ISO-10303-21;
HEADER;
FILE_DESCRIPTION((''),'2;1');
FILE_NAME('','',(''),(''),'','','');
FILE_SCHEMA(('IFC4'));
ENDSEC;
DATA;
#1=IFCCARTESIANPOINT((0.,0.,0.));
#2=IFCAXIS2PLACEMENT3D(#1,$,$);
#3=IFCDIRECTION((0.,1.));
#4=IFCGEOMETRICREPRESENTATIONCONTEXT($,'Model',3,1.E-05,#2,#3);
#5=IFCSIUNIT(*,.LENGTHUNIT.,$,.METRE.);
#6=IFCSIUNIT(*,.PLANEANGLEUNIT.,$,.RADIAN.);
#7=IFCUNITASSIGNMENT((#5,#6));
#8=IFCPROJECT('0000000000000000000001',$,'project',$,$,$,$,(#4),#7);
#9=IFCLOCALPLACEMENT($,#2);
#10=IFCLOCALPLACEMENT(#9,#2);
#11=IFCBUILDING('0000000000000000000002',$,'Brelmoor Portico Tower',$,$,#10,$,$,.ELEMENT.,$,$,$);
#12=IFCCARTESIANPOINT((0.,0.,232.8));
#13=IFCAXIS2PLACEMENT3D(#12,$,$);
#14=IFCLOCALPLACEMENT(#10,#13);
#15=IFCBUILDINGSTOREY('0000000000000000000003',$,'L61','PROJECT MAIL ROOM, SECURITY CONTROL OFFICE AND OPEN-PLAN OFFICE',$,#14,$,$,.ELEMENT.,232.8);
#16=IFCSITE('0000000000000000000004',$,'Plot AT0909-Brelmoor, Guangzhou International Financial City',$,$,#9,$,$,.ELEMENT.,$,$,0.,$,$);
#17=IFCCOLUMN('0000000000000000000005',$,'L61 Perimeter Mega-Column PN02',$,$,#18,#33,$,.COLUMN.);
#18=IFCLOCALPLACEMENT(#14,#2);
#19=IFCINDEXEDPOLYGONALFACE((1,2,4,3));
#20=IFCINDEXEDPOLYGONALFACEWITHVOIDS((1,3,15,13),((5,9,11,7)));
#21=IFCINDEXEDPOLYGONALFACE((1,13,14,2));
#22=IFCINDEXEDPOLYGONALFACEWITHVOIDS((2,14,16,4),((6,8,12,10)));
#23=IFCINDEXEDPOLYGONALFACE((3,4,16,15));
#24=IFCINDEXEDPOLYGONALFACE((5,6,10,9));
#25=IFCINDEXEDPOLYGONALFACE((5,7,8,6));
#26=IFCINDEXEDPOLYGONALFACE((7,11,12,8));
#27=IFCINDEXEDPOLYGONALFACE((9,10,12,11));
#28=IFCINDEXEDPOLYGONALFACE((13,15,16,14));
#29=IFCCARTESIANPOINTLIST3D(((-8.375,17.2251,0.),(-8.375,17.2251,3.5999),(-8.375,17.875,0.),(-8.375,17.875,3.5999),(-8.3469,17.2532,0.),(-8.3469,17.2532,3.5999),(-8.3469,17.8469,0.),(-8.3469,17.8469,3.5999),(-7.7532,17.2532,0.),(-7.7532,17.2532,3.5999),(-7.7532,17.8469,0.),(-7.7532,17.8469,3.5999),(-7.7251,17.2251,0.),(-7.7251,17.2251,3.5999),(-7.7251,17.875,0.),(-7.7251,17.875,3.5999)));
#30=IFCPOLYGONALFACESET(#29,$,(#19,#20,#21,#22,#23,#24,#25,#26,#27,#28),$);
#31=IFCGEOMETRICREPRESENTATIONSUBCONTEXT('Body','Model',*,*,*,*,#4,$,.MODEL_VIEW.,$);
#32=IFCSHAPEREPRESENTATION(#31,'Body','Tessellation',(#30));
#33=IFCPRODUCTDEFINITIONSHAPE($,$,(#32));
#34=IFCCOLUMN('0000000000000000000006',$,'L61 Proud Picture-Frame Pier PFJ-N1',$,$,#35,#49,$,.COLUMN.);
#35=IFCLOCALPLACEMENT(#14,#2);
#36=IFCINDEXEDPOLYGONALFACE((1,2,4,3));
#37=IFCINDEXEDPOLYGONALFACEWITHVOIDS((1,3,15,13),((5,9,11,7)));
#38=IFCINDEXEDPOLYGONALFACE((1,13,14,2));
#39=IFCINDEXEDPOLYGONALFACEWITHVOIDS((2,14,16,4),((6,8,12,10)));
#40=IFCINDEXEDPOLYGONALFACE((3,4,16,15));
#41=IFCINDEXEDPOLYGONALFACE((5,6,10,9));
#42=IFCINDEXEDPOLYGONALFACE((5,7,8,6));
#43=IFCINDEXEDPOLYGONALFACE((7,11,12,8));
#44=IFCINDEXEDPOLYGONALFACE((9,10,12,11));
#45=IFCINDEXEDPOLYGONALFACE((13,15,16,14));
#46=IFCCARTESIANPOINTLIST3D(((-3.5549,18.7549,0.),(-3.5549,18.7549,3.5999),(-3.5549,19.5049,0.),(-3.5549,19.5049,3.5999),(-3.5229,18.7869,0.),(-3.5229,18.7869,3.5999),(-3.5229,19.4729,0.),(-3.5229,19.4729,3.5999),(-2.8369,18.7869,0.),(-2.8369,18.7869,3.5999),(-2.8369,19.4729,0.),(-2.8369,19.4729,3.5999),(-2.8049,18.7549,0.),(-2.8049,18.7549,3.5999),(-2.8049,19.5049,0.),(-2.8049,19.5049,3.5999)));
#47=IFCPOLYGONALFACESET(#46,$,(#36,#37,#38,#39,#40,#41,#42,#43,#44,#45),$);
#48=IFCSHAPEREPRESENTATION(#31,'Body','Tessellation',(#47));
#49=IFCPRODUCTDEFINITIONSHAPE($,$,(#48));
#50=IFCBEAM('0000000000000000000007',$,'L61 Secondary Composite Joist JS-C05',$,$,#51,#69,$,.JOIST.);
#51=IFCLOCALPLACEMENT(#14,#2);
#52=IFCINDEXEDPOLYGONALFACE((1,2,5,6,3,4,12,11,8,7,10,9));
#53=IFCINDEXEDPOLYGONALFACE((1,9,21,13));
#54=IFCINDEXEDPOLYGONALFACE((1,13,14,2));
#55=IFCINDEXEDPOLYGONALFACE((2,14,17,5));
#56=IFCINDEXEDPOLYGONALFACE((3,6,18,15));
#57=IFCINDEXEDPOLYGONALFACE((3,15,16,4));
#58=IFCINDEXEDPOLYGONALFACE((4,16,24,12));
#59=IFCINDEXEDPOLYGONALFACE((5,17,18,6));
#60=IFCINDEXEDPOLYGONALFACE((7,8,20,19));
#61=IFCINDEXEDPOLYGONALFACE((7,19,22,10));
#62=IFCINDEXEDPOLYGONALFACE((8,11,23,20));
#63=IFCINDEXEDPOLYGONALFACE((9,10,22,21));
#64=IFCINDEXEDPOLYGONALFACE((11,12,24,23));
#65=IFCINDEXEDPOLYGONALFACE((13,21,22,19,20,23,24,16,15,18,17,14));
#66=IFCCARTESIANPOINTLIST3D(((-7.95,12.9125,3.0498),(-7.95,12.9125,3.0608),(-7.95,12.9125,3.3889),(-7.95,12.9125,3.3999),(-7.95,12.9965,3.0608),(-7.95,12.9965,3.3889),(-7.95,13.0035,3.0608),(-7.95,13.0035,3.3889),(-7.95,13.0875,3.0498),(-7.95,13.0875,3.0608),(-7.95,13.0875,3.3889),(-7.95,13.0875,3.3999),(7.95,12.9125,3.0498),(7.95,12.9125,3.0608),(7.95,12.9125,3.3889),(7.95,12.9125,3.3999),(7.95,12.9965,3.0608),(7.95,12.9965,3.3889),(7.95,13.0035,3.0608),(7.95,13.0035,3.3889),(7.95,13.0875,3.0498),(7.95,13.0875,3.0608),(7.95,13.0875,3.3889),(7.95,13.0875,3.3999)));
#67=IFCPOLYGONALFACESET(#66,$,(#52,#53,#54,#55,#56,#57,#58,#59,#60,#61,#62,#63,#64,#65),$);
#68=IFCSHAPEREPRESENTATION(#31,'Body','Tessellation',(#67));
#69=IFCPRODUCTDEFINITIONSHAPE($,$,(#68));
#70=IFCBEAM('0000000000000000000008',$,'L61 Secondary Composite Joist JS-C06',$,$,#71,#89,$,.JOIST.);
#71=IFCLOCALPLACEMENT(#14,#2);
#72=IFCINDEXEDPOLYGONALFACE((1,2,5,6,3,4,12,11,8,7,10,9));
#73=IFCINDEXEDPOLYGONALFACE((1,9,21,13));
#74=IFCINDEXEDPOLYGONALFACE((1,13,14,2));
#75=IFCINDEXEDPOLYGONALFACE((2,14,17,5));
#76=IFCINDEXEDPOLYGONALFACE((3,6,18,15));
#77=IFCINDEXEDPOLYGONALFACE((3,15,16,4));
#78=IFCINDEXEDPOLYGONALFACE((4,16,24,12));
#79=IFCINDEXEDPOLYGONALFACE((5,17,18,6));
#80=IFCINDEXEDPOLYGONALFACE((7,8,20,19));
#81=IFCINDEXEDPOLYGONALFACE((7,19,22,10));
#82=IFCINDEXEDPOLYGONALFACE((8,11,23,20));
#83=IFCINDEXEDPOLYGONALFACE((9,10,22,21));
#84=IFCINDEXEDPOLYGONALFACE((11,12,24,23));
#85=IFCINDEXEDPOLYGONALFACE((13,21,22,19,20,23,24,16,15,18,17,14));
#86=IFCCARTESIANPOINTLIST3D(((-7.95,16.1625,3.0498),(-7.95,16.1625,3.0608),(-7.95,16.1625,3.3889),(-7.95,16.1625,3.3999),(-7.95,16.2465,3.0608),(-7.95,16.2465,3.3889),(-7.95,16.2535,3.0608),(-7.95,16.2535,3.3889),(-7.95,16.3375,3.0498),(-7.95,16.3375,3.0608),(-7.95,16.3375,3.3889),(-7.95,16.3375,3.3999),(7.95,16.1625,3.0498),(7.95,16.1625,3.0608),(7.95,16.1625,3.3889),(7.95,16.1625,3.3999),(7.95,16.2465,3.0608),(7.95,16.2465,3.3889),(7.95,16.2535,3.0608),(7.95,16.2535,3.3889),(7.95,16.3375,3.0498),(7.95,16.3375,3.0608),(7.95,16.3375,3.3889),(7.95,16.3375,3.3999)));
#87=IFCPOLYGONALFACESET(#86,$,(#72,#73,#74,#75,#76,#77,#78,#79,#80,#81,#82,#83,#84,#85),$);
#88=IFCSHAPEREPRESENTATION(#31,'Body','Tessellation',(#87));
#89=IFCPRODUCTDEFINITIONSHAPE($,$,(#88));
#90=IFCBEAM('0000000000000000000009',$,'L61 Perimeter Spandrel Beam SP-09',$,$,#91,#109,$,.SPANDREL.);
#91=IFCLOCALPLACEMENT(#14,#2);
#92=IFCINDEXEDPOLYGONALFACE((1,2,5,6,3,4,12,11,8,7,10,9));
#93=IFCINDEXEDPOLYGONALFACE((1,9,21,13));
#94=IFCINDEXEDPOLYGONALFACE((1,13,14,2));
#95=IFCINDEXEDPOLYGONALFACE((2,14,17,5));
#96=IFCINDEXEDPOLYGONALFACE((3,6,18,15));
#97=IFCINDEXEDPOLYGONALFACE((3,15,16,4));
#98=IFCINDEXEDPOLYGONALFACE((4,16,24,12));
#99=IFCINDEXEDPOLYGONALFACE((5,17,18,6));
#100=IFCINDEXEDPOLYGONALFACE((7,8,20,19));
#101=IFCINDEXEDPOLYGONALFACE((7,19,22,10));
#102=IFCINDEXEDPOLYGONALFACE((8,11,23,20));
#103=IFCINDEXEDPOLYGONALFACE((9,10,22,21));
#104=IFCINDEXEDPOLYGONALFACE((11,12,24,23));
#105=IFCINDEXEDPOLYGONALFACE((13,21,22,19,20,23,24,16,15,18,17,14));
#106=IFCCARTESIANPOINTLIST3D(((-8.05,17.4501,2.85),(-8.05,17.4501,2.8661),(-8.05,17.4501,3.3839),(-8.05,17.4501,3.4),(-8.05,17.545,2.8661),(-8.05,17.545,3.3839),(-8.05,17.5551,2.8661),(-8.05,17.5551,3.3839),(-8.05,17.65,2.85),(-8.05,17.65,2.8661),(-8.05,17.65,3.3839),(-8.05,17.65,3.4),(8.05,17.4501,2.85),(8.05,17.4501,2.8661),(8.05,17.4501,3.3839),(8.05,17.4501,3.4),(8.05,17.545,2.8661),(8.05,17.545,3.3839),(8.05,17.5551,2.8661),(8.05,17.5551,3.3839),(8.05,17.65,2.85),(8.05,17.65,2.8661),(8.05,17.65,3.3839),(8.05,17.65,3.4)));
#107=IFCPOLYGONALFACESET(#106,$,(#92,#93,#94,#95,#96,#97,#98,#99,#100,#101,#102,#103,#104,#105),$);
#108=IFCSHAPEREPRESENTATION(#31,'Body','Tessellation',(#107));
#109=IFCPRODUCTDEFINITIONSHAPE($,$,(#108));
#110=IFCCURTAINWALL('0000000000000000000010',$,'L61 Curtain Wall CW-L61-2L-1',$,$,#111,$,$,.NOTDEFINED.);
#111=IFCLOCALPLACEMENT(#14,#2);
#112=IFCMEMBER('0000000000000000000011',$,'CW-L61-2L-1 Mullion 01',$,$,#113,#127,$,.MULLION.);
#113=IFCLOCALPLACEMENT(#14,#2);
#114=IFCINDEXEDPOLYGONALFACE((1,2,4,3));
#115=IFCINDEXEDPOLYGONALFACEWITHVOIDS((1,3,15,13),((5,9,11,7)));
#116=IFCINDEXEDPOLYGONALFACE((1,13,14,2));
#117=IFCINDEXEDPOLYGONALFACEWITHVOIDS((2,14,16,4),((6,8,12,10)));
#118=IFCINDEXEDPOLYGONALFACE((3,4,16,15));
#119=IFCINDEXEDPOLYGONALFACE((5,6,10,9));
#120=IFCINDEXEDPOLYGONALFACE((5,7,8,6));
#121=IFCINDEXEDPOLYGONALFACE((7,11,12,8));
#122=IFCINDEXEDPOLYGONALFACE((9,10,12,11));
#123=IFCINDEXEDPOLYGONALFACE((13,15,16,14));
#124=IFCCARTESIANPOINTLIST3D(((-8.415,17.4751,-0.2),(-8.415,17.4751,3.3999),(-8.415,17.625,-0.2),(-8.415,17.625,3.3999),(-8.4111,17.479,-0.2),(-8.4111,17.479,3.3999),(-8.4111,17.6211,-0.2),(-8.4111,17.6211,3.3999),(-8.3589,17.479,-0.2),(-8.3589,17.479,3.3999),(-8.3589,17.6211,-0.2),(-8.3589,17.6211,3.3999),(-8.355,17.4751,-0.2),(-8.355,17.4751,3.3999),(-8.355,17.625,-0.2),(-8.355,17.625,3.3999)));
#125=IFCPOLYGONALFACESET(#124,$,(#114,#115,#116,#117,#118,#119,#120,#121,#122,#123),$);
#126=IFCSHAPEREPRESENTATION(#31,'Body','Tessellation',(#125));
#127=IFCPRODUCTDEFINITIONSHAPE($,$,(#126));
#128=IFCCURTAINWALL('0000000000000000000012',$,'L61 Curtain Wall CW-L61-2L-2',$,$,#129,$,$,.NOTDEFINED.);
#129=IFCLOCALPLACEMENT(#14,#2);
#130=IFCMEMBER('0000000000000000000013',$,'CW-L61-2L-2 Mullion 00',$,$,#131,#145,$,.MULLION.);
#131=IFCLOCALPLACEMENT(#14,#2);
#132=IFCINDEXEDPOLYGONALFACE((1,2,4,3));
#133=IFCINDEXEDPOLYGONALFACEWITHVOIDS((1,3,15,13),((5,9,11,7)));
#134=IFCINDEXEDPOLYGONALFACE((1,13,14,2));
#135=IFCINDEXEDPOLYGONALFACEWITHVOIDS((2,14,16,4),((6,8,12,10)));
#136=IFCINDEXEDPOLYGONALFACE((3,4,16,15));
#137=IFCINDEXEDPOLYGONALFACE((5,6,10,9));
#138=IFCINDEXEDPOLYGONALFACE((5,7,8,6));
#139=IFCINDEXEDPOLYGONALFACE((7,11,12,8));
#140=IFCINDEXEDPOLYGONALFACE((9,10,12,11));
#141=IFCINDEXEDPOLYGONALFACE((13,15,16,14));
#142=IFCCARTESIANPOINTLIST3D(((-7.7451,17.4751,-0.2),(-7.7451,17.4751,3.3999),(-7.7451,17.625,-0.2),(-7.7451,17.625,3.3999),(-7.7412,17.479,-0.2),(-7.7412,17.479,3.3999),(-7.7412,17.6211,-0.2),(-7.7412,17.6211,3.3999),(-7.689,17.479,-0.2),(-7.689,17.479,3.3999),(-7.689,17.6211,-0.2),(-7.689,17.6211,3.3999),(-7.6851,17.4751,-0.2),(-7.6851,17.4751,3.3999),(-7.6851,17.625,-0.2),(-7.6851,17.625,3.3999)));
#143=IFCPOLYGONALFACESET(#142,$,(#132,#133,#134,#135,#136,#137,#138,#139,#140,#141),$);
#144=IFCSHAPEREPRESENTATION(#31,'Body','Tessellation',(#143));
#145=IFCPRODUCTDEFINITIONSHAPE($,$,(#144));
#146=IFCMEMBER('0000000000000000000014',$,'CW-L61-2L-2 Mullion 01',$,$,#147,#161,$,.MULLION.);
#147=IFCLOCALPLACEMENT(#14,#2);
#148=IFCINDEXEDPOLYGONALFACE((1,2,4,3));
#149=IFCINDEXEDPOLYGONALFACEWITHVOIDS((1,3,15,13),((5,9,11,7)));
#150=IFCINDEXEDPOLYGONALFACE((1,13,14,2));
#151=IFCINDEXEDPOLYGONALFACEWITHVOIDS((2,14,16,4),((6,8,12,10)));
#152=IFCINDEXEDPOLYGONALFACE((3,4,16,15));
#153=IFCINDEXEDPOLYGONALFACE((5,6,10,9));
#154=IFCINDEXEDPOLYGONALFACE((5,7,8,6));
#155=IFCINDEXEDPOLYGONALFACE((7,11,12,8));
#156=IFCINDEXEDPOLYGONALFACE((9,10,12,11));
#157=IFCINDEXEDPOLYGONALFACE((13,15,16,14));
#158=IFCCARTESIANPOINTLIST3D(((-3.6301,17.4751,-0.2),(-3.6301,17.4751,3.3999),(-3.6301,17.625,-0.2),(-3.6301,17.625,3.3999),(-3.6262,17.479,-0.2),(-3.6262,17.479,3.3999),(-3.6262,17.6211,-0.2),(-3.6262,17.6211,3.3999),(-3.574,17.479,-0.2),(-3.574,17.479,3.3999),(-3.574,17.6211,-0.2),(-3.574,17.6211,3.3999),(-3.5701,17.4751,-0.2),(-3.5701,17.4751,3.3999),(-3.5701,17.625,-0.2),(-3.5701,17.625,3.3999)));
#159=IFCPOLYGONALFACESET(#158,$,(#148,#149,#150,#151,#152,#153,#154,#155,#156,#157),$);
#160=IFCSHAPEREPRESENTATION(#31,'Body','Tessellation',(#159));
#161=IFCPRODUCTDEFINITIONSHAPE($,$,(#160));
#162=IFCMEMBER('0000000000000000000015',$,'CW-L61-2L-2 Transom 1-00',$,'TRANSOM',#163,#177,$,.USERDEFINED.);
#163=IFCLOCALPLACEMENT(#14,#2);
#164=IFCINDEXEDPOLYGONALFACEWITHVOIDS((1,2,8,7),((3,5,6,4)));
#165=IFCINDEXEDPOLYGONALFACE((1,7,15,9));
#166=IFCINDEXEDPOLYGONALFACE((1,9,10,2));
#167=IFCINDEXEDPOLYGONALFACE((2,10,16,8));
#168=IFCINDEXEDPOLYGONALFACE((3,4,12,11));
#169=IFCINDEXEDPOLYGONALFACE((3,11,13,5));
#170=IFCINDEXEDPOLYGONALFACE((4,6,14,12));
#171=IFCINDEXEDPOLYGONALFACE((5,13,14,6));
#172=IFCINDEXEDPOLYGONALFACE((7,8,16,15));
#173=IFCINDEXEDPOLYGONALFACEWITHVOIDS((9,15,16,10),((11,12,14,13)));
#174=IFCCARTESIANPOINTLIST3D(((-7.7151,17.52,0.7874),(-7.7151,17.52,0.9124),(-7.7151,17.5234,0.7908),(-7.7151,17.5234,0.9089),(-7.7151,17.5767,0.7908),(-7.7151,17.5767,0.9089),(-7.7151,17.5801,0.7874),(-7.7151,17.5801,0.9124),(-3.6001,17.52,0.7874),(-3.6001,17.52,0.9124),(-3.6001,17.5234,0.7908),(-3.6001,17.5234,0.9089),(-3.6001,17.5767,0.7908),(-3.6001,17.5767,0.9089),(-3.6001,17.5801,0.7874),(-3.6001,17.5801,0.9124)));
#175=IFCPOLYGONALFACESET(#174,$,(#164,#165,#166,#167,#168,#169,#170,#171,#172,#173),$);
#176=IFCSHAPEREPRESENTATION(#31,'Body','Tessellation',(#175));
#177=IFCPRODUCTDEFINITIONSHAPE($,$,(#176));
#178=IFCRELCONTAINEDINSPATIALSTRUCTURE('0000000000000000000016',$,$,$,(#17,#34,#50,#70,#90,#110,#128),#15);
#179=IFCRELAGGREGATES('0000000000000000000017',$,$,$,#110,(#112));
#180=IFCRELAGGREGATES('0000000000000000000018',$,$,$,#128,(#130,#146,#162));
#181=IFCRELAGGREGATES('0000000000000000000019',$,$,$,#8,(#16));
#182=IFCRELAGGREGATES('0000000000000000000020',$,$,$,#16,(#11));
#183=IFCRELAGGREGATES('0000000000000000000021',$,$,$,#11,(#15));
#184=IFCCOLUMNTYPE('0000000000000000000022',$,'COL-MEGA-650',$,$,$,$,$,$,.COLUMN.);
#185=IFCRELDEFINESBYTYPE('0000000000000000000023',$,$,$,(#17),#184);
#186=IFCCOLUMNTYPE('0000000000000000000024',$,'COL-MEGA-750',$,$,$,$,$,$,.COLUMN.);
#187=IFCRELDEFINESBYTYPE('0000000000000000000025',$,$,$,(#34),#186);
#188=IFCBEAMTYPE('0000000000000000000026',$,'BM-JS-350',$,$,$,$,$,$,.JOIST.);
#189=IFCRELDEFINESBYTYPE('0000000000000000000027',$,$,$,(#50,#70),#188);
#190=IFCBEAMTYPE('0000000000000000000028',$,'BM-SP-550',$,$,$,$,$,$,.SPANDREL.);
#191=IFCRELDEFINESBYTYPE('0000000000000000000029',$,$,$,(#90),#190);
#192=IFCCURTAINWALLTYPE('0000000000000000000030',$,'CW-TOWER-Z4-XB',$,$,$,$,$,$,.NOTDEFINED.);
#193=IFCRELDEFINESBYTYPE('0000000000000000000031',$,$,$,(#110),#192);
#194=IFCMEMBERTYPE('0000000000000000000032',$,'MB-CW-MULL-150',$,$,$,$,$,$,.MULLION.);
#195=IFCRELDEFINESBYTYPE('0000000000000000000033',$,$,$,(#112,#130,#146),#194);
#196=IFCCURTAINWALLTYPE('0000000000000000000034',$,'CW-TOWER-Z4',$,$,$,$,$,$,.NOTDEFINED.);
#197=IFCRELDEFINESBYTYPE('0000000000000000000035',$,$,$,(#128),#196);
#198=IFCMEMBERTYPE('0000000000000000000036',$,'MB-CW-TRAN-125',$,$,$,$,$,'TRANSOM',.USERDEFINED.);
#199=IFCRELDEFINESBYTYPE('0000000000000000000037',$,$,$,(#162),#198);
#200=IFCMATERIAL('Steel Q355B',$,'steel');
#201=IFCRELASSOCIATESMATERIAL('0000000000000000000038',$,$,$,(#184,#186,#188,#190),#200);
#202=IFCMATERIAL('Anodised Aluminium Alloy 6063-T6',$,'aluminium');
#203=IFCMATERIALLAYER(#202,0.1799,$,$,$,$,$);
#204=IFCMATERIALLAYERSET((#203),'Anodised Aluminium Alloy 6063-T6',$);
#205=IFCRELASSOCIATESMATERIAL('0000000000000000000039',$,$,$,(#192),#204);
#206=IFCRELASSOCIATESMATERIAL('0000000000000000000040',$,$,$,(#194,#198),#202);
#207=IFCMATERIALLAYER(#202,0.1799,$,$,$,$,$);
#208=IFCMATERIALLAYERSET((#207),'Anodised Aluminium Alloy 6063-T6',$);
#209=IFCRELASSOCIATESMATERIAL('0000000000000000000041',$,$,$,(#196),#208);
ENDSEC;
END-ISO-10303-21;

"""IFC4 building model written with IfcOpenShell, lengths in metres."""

from ifc_helpers import new_model, si_unit, direction, frame, origin, origin_2d, place, context, subcontext, project, spatial, hollow_rectangle, i_section, extrude, material, layer, layer_set, material_profile, profile_set, type_object, element, aggregate, save


model = new_model("IFC4")

# Units and contexts
model_context = context("Model", 3, precision=1e-05, world=origin(), true_north=direction((0.0, 1.0)))
body_context = subcontext(model_context, "Body", "Model", "MODEL_VIEW")
ifc_project = project(units=[si_unit("LENGTHUNIT", "METRE"), si_unit("PLANEANGLEUNIT", "RADIAN")], contexts=[model_context])

# Site, building, storey
site_placement = place(None, origin())
site = spatial("IfcSite", under=ifc_project, at=site_placement, Name="Plot AT0909-Brelmoor, Guangzhou International Financial City", CompositionType="ELEMENT", RefElevation=0.0)
building_placement = place(site_placement, origin())
building = spatial("IfcBuilding", under=site, at=building_placement, Name="Brelmoor Portico Tower", CompositionType="ELEMENT")
storey_placement = place(building_placement, frame((0.0, 0.0, 232.8)))
storey = spatial("IfcBuildingStorey", under=building, at=storey_placement, Name="L61", Description="PROJECT MAIL ROOM, SECURITY CONTROL OFFICE AND OPEN-PLAN OFFICE", CompositionType="ELEMENT", Elevation=232.8)

# Columns
ifc_material_1 = material(Name="Steel Q355B", Category="steel")
ifc_material_profile_1 = material_profile(ifc_material_1, hollow_rectangle(XDim=0.6499, YDim=0.6499, WallThickness=0.0281, at=origin_2d()), Name="BOX 650x650x28")
ifc_profile_set_1 = profile_set([ifc_material_profile_1], Name="Steel Q355B")
column_type_1 = type_object("IfcColumnType", Name="COL-MEGA-650", PredefinedType="COLUMN", material=ifc_profile_set_1)
column_1_placement = place(storey_placement, frame((-8.05, 17.55, 0.0), z_axis=(0.0, 0.0, 1.0), x_axis=(1.0, 0.0, 0.0)))
element("IfcColumn", 1, at=column_1_placement, inside=storey, type_object=column_type_1, Name="L61 Perimeter Mega-Column PN02", PredefinedType="COLUMN", context=body_context, shape_type="SweptSolid", body=[
    extrude(hollow_rectangle(XDim=0.6499, YDim=0.6499, WallThickness=0.0281, at=origin_2d()), origin(), (0.0, 0.0, 1.0), 3.5999),
])
ifc_material_profile_2 = material_profile(ifc_material_1, hollow_rectangle(XDim=0.75, YDim=0.75, WallThickness=0.032, at=origin_2d()), Name="BOX 750x750x32")
ifc_profile_set_2 = profile_set([ifc_material_profile_2], Name="Steel Q355B")
column_type_2 = type_object("IfcColumnType", Name="COL-MEGA-750", PredefinedType="COLUMN", material=ifc_profile_set_2)
column_2_placement = place(storey_placement, frame((-3.1799, 19.1299, 0.0), z_axis=(0.0, 0.0, 1.0), x_axis=(1.0, 0.0, 0.0)))
element("IfcColumn", 2, at=column_2_placement, inside=storey, type_object=column_type_2, Name="L61 Proud Picture-Frame Pier PFJ-N1", PredefinedType="COLUMN", context=body_context, shape_type="SweptSolid", body=[
    extrude(hollow_rectangle(XDim=0.75, YDim=0.75, WallThickness=0.032, at=origin_2d()), origin(), (0.0, 0.0, 1.0), 3.5999),
])

# Beams
ifc_material_profile_3 = material_profile(ifc_material_1, i_section(OverallWidth=0.175, OverallDepth=0.3501, WebThickness=0.0071, FlangeThickness=0.011, at=origin_2d()), Name="HN 350x175x7x11")
ifc_profile_set_3 = profile_set([ifc_material_profile_3], Name="Steel Q355B")
beam_type_1 = type_object("IfcBeamType", Name="BM-JS-350", PredefinedType="JOIST", material=ifc_profile_set_3)
for number, where, z_axis, x_axis, name in (
    (3, (-7.95, 13.0, 3.2249), (1.0, 0.0, 0.0), (0.0, 1.0, 0.0), "L61 Secondary Composite Joist JS-C05"),
    (4, (-7.95, 16.25, 3.2249), (1.0, 0.0, 0.0), (0.0, 1.0, 0.0), "L61 Secondary Composite Joist JS-C06"),
):
    element("IfcBeam", number, at=place(storey_placement, frame(where, z_axis=z_axis, x_axis=x_axis)), inside=storey, type_object=beam_type_1, Name=name, PredefinedType="JOIST", context=body_context, shape_type="SweptSolid", body=[
        extrude(i_section(OverallWidth=0.175, OverallDepth=0.3501, WebThickness=0.0071, FlangeThickness=0.011, at=origin_2d()), origin(), (0.0, 0.0, 1.0), 15.8999),
    ])
ifc_material_profile_4 = material_profile(ifc_material_1, i_section(OverallWidth=0.2, OverallDepth=0.55, WebThickness=0.01, FlangeThickness=0.0161, at=origin_2d()), Name="HN 550x200x10x16")
ifc_profile_set_4 = profile_set([ifc_material_profile_4], Name="Steel Q355B")
beam_type_2 = type_object("IfcBeamType", Name="BM-SP-550", PredefinedType="SPANDREL", material=ifc_profile_set_4)
beam_placement = place(storey_placement, frame((-8.05, 17.55, 3.125), z_axis=(1.0, 0.0, 0.0), x_axis=(0.0, 1.0, 0.0)))
element("IfcBeam", 5, at=beam_placement, inside=storey, type_object=beam_type_2, Name="L61 Perimeter Spandrel Beam SP-09", PredefinedType="SPANDREL", context=body_context, shape_type="SweptSolid", body=[
    extrude(i_section(OverallWidth=0.2, OverallDepth=0.55, WebThickness=0.01, FlangeThickness=0.0161, at=origin_2d()), origin(), (0.0, 0.0, 1.0), 16.1001),
])

# Curtain wall, member
ifc_material_2 = material(Name="Anodised Aluminium Alloy 6063-T6", Category="aluminium")
ifc_layer_1 = layer(ifc_material_2, 0.1799)
ifc_layer_set_1 = layer_set([ifc_layer_1], Name="Anodised Aluminium Alloy 6063-T6")
curtain_wall_type_1 = type_object("IfcCurtainWallType", Name="CW-TOWER-Z4-XB", PredefinedType="NOTDEFINED", material=ifc_layer_set_1)
curtain_wall_1_placement = place(storey_placement, origin())
curtain_wall_1 = element("IfcCurtainWall", 6, at=curtain_wall_1_placement, inside=storey, type_object=curtain_wall_type_1, Name="L61 Curtain Wall CW-L61-2L-1", PredefinedType="NOTDEFINED")
ifc_material_profile_5 = material_profile(ifc_material_2, hollow_rectangle(XDim=0.0601, YDim=0.1499, WallThickness=0.0039, at=origin_2d()), Name="ALU MULLION 60x150")
ifc_profile_set_5 = profile_set([ifc_material_profile_5], Name="Anodised Aluminium Alloy 6063-T6")
member_type_1 = type_object("IfcMemberType", Name="MB-CW-MULL-150", PredefinedType="MULLION", material=ifc_profile_set_5)
member_1_placement = place(storey_placement, frame((-8.385, 17.55, -0.2), z_axis=(0.0, 0.0, 1.0), x_axis=(1.0, 0.0, 0.0)))
member_1 = element("IfcMember", 7, at=member_1_placement, type_object=member_type_1, Name="CW-L61-2L-1 Mullion 01", PredefinedType="MULLION", context=body_context, shape_type="SweptSolid", body=[
    extrude(hollow_rectangle(XDim=0.0601, YDim=0.1499, WallThickness=0.0039, at=origin_2d()), origin(), (0.0, 0.0, 1.0), 3.5999),
])
aggregate(curtain_wall_1, [member_1])

# Curtain wall, members
ifc_layer_2 = layer(ifc_material_2, 0.1799)
ifc_layer_set_2 = layer_set([ifc_layer_2], Name="Anodised Aluminium Alloy 6063-T6")
curtain_wall_type_2 = type_object("IfcCurtainWallType", Name="CW-TOWER-Z4", PredefinedType="NOTDEFINED", material=ifc_layer_set_2)
curtain_wall_2_placement = place(storey_placement, origin())
curtain_wall_2 = element("IfcCurtainWall", 8, at=curtain_wall_2_placement, inside=storey, type_object=curtain_wall_type_2, Name="L61 Curtain Wall CW-L61-2L-2", PredefinedType="NOTDEFINED")
member_2_placement = place(storey_placement, frame((-7.7151, 17.55, -0.2), z_axis=(0.0, 0.0, 1.0), x_axis=(1.0, 0.0, 0.0)))
member_2 = element("IfcMember", 9, at=member_2_placement, type_object=member_type_1, Name="CW-L61-2L-2 Mullion 00", PredefinedType="MULLION", context=body_context, shape_type="SweptSolid", body=[
    extrude(hollow_rectangle(XDim=0.0601, YDim=0.1499, WallThickness=0.0039, at=origin_2d()), origin(), (0.0, 0.0, 1.0), 3.5999),
])
member_3_placement = place(storey_placement, frame((-3.6001, 17.55, -0.2), z_axis=(0.0, 0.0, 1.0), x_axis=(1.0, 0.0, 0.0)))
member_3 = element("IfcMember", 10, at=member_3_placement, type_object=member_type_1, Name="CW-L61-2L-2 Mullion 01", PredefinedType="MULLION", context=body_context, shape_type="SweptSolid", body=[
    extrude(hollow_rectangle(XDim=0.0601, YDim=0.1499, WallThickness=0.0039, at=origin_2d()), origin(), (0.0, 0.0, 1.0), 3.5999),
])
ifc_material_profile_6 = material_profile(ifc_material_2, hollow_rectangle(XDim=0.0601, YDim=0.125, WallThickness=0.0034, at=origin_2d()), Name="ALU TRANSOM 60x125")
ifc_profile_set_6 = profile_set([ifc_material_profile_6], Name="Anodised Aluminium Alloy 6063-T6")
member_type_2 = type_object("IfcMemberType", Name="MB-CW-TRAN-125", ElementType="TRANSOM", PredefinedType="USERDEFINED", material=ifc_profile_set_6)
member_4_placement = place(storey_placement, frame((-7.7151, 17.55, 0.8499), z_axis=(1.0, 0.0, 0.0), x_axis=(0.0, 1.0, 0.0)))
member_4 = element("IfcMember", 11, at=member_4_placement, type_object=member_type_2, Name="CW-L61-2L-2 Transom 1-00", ObjectType="TRANSOM", PredefinedType="USERDEFINED", context=body_context, shape_type="SweptSolid", body=[
    extrude(hollow_rectangle(XDim=0.0601, YDim=0.125, WallThickness=0.0034, at=origin_2d()), origin(), (0.0, 0.0, 1.0), 4.115),
])

aggregate(curtain_wall_2, [member_2, member_3, member_4])

save(model, "model.ifc")
